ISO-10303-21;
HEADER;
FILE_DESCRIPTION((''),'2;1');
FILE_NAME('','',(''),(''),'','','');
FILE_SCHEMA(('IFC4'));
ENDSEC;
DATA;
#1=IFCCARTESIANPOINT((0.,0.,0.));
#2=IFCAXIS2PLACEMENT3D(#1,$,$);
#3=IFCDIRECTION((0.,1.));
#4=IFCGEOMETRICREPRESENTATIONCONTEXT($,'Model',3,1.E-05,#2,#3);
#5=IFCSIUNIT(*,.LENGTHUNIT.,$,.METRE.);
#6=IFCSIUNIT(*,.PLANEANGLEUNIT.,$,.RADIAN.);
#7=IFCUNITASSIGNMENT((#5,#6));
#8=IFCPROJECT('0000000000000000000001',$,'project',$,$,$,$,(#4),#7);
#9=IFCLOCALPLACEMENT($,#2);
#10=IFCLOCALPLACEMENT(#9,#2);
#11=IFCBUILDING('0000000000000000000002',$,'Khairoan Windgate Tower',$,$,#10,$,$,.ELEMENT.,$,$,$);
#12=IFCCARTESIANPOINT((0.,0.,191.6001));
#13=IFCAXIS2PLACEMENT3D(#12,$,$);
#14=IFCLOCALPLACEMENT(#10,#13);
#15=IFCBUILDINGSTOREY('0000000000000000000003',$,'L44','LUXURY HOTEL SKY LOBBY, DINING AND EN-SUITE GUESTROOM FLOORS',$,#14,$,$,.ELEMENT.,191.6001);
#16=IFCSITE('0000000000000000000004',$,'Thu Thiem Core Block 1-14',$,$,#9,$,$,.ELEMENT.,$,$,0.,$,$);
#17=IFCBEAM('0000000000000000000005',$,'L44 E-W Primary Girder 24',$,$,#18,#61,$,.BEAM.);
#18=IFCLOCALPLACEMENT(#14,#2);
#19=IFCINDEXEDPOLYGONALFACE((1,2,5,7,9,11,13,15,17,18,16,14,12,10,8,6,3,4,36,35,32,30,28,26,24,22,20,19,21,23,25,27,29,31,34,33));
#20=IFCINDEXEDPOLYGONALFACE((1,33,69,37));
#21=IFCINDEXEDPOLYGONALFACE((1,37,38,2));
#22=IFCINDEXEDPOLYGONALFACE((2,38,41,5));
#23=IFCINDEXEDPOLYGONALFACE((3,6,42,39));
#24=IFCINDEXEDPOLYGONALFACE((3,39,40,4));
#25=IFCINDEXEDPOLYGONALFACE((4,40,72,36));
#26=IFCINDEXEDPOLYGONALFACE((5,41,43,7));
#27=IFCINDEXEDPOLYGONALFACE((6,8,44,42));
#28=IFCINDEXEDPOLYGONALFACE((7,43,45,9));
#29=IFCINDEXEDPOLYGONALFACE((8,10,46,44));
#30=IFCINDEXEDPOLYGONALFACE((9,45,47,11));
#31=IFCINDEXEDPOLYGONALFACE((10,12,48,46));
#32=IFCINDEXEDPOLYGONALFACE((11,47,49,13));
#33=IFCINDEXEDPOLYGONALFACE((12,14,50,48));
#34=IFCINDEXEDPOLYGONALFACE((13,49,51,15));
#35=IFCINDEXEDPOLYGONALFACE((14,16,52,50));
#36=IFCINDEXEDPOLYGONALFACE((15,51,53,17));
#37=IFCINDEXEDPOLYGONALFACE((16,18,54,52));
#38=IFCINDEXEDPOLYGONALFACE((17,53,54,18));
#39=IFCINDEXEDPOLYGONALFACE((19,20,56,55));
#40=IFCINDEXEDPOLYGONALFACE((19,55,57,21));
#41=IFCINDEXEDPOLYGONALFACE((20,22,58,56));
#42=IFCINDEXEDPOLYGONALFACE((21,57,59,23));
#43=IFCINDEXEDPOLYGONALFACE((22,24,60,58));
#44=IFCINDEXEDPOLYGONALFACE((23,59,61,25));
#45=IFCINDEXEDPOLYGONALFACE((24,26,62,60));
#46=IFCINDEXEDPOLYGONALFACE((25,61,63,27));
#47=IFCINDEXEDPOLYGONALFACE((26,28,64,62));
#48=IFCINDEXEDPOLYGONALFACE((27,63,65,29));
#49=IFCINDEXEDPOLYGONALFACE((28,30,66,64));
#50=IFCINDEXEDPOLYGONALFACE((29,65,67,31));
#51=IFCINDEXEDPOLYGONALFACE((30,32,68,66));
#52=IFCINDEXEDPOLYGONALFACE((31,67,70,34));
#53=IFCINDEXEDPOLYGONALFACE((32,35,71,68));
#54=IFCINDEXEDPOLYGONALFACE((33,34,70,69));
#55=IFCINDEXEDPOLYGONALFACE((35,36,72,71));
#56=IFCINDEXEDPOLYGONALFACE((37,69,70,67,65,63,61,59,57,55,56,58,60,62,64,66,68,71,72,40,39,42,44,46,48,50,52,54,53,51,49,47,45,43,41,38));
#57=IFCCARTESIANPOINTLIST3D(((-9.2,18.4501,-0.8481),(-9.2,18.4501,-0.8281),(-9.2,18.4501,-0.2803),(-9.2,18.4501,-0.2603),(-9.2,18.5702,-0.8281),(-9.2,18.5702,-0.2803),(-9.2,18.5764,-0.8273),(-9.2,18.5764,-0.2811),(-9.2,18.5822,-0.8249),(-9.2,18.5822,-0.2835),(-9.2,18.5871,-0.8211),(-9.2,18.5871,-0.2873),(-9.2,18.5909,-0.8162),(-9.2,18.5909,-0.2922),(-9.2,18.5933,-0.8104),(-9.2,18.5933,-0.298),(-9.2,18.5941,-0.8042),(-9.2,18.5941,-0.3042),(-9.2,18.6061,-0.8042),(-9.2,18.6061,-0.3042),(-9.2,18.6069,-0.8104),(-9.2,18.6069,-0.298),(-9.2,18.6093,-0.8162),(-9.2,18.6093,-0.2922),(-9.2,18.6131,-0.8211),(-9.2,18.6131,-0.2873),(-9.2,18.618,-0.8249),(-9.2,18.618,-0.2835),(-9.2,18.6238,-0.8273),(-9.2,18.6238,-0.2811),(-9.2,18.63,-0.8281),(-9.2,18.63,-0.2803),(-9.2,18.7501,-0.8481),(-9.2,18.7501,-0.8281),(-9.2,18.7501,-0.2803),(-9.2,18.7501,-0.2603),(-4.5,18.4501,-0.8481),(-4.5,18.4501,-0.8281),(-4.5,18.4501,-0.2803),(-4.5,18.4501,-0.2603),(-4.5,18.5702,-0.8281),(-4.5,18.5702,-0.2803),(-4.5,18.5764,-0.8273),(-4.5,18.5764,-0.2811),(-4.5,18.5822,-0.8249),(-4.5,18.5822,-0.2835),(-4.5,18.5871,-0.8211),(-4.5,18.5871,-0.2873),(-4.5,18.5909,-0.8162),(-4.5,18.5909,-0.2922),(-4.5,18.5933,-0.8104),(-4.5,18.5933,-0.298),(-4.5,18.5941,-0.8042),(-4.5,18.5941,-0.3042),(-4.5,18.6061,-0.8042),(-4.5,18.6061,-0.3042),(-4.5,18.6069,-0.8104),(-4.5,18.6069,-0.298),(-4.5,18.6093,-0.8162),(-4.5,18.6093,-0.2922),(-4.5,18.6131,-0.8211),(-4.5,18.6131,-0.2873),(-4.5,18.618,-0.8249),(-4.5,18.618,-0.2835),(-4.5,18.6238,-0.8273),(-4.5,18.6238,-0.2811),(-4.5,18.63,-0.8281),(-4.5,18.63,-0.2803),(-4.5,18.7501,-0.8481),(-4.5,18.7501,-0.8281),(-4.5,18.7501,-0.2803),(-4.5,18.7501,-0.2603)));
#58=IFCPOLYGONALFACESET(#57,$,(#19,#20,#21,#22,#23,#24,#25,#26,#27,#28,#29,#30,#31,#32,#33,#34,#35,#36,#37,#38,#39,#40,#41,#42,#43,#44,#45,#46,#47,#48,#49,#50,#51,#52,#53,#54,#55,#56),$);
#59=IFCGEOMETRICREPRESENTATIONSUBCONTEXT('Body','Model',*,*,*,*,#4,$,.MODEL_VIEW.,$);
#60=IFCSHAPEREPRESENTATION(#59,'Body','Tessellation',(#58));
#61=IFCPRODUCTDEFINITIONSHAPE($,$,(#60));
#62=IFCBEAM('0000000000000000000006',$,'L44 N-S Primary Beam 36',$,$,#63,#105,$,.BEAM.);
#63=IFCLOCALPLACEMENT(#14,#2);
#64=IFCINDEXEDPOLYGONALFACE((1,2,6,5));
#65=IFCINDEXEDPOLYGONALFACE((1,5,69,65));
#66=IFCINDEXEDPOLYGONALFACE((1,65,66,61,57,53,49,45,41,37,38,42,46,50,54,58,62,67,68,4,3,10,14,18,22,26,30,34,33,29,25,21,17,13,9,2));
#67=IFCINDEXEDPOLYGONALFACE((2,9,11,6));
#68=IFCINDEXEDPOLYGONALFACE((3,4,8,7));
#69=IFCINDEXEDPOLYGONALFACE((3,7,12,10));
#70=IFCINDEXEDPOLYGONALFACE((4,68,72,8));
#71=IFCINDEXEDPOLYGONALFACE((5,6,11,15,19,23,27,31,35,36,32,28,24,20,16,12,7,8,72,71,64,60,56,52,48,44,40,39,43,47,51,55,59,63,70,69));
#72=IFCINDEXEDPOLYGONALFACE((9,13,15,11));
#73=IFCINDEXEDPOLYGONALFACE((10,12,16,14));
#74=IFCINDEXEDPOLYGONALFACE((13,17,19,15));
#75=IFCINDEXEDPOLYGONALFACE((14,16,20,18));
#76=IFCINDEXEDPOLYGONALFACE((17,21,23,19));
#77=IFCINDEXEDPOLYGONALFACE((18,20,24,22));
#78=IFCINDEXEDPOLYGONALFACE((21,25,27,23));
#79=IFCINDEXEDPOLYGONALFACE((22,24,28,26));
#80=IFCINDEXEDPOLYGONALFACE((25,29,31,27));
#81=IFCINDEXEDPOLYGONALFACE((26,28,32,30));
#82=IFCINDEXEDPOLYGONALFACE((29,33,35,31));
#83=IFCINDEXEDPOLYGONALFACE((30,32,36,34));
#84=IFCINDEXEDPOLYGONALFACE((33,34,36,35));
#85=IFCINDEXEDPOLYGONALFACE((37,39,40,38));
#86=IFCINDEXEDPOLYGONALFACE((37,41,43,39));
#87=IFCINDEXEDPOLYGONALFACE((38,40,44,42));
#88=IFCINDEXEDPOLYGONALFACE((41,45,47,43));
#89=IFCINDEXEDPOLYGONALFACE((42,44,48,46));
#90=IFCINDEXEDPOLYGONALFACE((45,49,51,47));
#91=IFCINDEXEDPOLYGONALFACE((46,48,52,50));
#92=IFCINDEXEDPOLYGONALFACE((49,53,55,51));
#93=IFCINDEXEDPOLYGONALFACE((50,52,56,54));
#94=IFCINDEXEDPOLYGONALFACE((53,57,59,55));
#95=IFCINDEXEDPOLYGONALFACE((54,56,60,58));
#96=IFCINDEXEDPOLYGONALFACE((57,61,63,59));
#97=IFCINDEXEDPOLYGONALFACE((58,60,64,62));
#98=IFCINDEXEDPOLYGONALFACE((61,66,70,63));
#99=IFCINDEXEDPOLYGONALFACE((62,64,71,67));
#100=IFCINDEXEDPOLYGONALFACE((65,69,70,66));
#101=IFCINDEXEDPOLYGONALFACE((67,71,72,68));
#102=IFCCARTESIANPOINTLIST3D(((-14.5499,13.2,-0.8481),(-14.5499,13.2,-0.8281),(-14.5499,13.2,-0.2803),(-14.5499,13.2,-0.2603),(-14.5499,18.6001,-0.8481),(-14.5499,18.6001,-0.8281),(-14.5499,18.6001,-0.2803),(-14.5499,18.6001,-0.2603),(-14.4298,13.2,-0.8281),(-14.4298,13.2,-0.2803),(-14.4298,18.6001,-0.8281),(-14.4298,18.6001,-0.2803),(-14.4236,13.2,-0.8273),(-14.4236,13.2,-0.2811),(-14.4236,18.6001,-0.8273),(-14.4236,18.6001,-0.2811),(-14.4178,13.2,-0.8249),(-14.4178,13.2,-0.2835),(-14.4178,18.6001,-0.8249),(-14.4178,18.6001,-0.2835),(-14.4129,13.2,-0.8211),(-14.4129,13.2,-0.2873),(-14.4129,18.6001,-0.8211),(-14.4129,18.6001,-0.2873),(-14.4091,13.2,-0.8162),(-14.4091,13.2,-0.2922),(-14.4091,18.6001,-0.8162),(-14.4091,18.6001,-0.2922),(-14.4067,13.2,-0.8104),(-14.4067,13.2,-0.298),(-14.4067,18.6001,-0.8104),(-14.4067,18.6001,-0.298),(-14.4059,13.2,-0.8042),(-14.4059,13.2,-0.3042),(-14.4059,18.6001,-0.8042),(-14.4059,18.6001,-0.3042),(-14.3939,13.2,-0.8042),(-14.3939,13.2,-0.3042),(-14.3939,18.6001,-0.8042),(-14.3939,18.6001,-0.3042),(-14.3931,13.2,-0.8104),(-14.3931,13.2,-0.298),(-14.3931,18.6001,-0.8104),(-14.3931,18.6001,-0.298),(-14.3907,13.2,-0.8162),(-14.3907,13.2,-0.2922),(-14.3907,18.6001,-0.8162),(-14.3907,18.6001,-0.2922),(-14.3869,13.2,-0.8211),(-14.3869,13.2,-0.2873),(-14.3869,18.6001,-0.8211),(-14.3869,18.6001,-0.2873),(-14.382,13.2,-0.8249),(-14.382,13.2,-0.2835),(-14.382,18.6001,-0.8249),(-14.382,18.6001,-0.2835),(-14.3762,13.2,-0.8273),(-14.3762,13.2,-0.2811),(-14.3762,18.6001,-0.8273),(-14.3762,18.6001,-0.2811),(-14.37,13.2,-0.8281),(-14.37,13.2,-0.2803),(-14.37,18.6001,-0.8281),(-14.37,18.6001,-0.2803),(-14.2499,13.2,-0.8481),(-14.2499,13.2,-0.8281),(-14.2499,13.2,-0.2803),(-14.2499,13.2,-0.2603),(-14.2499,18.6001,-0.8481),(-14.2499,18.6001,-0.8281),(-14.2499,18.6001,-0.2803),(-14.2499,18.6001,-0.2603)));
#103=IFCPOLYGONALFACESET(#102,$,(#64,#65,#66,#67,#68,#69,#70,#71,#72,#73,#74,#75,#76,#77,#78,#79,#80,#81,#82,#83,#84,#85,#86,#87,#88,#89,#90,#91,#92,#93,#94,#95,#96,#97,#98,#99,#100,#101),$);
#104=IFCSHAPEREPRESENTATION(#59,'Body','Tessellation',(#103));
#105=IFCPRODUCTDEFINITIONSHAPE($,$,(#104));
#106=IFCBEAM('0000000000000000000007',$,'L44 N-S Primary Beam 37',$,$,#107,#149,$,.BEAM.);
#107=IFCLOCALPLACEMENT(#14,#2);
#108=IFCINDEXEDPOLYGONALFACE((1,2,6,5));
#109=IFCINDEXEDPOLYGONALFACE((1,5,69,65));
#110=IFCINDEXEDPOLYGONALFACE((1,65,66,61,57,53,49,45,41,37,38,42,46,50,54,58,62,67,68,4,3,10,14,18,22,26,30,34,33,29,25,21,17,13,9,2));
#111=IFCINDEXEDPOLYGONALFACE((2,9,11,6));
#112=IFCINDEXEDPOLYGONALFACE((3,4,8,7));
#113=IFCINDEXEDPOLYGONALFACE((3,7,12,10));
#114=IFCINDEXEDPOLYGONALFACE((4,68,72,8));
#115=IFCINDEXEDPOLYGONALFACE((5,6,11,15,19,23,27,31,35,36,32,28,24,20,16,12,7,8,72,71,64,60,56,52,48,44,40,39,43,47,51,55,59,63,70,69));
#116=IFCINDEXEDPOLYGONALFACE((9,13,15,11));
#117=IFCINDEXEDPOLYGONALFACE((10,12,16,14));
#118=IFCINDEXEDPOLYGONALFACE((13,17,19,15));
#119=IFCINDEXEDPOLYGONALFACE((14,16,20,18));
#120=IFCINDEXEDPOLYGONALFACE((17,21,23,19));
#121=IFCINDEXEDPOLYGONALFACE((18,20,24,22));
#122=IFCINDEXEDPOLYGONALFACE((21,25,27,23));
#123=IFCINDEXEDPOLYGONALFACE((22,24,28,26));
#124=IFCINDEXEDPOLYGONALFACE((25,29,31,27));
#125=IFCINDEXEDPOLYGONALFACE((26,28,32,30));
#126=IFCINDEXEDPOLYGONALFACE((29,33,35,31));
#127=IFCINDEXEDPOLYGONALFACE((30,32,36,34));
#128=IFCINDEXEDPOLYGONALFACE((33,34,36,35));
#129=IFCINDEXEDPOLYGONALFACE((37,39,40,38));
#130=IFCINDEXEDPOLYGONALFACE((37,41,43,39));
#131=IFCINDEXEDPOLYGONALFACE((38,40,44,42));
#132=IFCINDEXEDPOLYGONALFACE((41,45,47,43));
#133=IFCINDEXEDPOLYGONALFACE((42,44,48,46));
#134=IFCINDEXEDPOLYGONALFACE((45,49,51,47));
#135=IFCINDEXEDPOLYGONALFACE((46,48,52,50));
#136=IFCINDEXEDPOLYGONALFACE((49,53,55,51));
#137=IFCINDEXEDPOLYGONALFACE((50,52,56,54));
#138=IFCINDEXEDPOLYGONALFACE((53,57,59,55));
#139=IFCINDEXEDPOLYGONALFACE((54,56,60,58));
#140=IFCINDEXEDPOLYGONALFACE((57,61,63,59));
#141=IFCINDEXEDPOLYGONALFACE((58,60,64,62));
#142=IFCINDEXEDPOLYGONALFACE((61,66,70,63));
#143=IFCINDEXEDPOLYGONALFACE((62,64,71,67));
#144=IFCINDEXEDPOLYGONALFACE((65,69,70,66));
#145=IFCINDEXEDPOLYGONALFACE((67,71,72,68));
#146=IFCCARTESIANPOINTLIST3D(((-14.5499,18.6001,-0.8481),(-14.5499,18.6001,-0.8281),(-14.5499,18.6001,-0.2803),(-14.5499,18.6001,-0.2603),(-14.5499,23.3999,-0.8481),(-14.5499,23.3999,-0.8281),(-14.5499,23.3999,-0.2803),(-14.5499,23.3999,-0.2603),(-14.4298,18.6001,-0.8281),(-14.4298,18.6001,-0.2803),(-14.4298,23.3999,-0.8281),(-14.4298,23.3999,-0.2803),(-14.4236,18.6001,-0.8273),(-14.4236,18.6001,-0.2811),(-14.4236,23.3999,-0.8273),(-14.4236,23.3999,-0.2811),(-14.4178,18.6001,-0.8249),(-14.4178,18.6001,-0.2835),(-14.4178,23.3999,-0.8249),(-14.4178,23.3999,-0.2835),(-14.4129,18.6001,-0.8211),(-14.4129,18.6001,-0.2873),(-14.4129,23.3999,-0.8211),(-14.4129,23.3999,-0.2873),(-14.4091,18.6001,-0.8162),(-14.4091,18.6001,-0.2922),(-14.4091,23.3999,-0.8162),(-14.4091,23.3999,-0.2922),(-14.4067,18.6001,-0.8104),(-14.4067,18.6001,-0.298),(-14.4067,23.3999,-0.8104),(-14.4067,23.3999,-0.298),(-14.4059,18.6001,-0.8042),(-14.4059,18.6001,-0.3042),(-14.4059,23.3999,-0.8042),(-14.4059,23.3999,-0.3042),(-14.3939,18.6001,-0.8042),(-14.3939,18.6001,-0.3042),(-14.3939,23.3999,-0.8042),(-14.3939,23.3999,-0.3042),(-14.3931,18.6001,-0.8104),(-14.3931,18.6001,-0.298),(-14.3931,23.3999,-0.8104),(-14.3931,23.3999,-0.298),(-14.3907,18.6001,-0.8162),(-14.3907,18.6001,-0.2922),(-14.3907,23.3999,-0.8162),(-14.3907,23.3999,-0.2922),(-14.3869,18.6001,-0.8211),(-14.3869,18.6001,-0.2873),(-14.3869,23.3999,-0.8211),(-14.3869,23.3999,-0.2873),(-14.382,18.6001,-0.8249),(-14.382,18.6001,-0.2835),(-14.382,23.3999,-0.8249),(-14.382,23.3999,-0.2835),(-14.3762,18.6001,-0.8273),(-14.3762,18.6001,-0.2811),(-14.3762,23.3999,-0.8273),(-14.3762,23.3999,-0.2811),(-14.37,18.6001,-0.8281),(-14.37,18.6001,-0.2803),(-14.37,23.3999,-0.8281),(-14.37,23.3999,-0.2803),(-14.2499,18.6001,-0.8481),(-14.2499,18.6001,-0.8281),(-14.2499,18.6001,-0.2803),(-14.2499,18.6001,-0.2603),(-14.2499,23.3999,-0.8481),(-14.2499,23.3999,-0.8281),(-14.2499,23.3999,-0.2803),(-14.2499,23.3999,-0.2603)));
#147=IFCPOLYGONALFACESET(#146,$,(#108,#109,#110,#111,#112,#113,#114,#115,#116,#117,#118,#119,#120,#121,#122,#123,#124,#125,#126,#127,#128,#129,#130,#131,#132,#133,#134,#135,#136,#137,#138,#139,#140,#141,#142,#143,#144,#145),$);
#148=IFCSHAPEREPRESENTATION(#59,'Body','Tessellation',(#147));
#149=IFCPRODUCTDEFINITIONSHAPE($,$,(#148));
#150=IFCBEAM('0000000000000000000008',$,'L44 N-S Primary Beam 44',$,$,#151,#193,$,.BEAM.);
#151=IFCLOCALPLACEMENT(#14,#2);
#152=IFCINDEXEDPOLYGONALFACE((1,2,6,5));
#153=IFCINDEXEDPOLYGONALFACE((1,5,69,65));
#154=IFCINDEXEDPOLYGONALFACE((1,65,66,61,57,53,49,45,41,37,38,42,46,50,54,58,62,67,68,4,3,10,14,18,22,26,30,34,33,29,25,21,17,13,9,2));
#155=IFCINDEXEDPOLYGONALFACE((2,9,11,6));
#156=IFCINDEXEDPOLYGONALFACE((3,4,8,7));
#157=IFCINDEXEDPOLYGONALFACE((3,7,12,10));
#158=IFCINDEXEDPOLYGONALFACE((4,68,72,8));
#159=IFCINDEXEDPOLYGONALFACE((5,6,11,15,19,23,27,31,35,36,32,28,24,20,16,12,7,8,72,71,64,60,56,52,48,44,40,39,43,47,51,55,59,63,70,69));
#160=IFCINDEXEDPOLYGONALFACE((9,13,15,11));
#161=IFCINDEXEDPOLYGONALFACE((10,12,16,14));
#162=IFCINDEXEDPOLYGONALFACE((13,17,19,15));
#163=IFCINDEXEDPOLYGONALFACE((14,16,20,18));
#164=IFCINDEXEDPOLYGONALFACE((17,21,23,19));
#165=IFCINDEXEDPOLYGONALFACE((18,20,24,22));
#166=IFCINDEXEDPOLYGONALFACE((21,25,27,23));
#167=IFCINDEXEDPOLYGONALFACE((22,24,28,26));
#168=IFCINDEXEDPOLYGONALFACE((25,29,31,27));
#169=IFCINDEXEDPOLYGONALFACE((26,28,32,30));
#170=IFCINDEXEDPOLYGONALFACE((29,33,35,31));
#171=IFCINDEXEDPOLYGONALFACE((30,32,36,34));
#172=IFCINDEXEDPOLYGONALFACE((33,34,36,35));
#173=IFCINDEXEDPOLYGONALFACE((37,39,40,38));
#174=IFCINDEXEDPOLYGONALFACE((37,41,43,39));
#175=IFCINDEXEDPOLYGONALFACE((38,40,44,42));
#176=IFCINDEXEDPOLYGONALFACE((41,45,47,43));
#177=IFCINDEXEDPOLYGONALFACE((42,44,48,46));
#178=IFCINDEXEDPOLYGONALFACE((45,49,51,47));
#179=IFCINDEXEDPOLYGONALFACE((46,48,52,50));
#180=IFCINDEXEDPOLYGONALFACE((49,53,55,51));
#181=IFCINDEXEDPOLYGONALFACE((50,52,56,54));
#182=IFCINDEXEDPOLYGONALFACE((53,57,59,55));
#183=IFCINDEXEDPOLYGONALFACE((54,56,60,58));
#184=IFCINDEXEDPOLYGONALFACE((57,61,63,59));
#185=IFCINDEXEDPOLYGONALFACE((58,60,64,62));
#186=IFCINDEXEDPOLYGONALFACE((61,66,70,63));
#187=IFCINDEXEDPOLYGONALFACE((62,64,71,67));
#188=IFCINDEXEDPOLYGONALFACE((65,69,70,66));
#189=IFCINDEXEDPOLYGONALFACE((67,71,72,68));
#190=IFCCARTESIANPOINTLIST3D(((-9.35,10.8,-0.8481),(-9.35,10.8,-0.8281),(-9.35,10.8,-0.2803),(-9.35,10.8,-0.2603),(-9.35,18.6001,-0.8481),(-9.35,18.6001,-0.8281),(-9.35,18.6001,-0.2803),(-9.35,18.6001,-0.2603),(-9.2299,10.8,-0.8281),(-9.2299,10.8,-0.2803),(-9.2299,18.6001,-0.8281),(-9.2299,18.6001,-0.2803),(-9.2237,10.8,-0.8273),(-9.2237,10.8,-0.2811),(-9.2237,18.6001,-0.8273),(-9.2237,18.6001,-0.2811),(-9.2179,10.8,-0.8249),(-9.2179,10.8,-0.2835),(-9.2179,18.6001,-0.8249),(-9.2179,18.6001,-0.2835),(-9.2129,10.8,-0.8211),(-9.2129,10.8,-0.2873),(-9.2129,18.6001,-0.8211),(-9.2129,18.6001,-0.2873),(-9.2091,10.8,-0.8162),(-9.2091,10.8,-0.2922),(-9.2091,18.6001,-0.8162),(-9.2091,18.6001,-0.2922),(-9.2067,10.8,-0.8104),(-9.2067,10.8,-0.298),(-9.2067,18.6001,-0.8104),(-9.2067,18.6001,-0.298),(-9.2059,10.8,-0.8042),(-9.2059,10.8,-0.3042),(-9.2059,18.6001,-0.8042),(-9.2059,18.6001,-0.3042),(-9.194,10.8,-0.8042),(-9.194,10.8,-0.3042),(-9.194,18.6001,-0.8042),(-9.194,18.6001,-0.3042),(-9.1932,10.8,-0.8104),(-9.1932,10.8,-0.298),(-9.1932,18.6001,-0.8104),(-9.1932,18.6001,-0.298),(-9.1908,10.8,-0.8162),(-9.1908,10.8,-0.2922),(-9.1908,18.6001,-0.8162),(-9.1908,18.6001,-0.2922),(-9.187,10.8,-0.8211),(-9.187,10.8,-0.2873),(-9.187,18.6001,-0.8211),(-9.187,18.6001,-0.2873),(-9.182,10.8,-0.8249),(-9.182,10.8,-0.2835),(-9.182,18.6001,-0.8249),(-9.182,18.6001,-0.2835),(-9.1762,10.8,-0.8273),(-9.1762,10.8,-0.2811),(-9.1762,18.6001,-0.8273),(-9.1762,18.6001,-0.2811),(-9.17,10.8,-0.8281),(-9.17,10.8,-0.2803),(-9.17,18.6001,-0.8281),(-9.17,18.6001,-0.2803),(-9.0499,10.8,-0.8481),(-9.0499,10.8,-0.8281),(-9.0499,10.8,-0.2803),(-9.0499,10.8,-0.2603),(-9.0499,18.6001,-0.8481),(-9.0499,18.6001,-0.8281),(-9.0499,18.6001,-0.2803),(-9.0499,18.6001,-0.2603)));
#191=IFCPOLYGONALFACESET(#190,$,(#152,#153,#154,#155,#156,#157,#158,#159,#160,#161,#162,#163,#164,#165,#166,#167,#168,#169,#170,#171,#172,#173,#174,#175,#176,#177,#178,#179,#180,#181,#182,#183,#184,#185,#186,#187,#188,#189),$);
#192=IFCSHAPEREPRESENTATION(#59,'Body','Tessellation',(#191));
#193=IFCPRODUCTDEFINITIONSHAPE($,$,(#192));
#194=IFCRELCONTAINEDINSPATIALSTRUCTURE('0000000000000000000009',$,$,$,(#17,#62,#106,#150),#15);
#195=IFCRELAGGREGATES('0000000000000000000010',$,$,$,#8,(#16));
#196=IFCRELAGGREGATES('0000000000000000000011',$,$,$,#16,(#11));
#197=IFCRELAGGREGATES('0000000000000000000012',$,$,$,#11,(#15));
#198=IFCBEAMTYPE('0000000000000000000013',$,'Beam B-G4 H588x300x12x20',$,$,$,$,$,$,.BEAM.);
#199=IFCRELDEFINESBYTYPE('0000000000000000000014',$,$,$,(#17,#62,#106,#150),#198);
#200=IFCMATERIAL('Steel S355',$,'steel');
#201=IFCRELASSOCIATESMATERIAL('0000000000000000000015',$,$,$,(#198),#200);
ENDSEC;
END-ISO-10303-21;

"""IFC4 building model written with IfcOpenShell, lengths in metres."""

from ifc_helpers import new_model, si_unit, direction, frame, origin, origin_2d, place, context, subcontext, project, spatial, i_section, extrude, material, material_profile, profile_set, type_object, element, save


model = new_model("IFC4")

# Units and contexts
model_context = context("Model", 3, precision=1e-05, world=origin(), true_north=direction((0.0, 1.0)))
body_context = subcontext(model_context, "Body", "Model", "MODEL_VIEW")
ifc_project = project(units=[si_unit("LENGTHUNIT", "METRE"), si_unit("PLANEANGLEUNIT", "RADIAN")], contexts=[model_context])

# Site, building, storey
site_placement = place(None, origin())
site = spatial("IfcSite", under=ifc_project, at=site_placement, Name="Thu Thiem Core Block 1-14", CompositionType="ELEMENT", RefElevation=0.0)
building_placement = place(site_placement, origin())
building = spatial("IfcBuilding", under=site, at=building_placement, Name="Khairoan Windgate Tower", CompositionType="ELEMENT")
storey_placement = place(building_placement, frame((0.0, 0.0, 191.6001)))
storey = spatial("IfcBuildingStorey", under=building, at=storey_placement, Name="L44", Description="LUXURY HOTEL SKY LOBBY, DINING AND EN-SUITE GUESTROOM FLOORS", CompositionType="ELEMENT", Elevation=191.6001)

# Beams
ifc_material_1 = material(Name="Steel S355", Category="steel")
ifc_material_profile_1 = material_profile(ifc_material_1, i_section(OverallWidth=0.3, OverallDepth=0.5879, WebThickness=0.012, FlangeThickness=0.02, FilletRadius=0.0239, at=origin_2d()))
ifc_profile_set_1 = profile_set([ifc_material_profile_1], Name="Steel S355")
beam_type_1 = type_object("IfcBeamType", Name="Beam B-G4 H588x300x12x20", PredefinedType="BEAM", material=ifc_profile_set_1)
beam_1_placement = place(storey_placement, frame((-9.2, 18.6001, -0.5542), z_axis=(1.0, 0.0, 0.0), x_axis=(0.0, 1.0, 0.0)))
element("IfcBeam", 1, at=beam_1_placement, inside=storey, type_object=beam_type_1, Name="L44 E-W Primary Girder 24", PredefinedType="BEAM", context=body_context, shape_type="SweptSolid", body=[
    extrude(i_section(OverallWidth=0.3, OverallDepth=0.5879, WebThickness=0.012, FlangeThickness=0.02, FilletRadius=0.0239, at=origin_2d()), origin(), (0.0, 0.0, 1.0), 4.7),
])
beam_2_placement = place(storey_placement, frame((-14.3999, 13.2, -0.5542), z_axis=(0.0, 1.0, 0.0), x_axis=(-1.0, 0.0, 0.0)))
element("IfcBeam", 2, at=beam_2_placement, inside=storey, type_object=beam_type_1, Name="L44 N-S Primary Beam 36", PredefinedType="BEAM", context=body_context, shape_type="SweptSolid", body=[
    extrude(i_section(OverallWidth=0.3, OverallDepth=0.5879, WebThickness=0.012, FlangeThickness=0.02, FilletRadius=0.0239, at=origin_2d()), origin(), (0.0, 0.0, 1.0), 5.4001),
])
beam_3_placement = place(storey_placement, frame((-14.3999, 18.6001, -0.5542), z_axis=(0.0, 1.0, 0.0), x_axis=(-1.0, 0.0, 0.0)))
element("IfcBeam", 3, at=beam_3_placement, inside=storey, type_object=beam_type_1, Name="L44 N-S Primary Beam 37", PredefinedType="BEAM", context=body_context, shape_type="SweptSolid", body=[
    extrude(i_section(OverallWidth=0.3, OverallDepth=0.5879, WebThickness=0.012, FlangeThickness=0.02, FilletRadius=0.0239, at=origin_2d()), origin(), (0.0, 0.0, 1.0), 4.7998),
])
beam_4_placement = place(storey_placement, frame((-9.2, 10.8, -0.5542), z_axis=(0.0, 1.0, 0.0), x_axis=(-1.0, 0.0, 0.0)))
element("IfcBeam", 4, at=beam_4_placement, inside=storey, type_object=beam_type_1, Name="L44 N-S Primary Beam 44", PredefinedType="BEAM", context=body_context, shape_type="SweptSolid", body=[
    extrude(i_section(OverallWidth=0.3, OverallDepth=0.5879, WebThickness=0.012, FlangeThickness=0.02, FilletRadius=0.0239, at=origin_2d()), origin(), (0.0, 0.0, 1.0), 7.8),
])

save(model, "model.ifc")
